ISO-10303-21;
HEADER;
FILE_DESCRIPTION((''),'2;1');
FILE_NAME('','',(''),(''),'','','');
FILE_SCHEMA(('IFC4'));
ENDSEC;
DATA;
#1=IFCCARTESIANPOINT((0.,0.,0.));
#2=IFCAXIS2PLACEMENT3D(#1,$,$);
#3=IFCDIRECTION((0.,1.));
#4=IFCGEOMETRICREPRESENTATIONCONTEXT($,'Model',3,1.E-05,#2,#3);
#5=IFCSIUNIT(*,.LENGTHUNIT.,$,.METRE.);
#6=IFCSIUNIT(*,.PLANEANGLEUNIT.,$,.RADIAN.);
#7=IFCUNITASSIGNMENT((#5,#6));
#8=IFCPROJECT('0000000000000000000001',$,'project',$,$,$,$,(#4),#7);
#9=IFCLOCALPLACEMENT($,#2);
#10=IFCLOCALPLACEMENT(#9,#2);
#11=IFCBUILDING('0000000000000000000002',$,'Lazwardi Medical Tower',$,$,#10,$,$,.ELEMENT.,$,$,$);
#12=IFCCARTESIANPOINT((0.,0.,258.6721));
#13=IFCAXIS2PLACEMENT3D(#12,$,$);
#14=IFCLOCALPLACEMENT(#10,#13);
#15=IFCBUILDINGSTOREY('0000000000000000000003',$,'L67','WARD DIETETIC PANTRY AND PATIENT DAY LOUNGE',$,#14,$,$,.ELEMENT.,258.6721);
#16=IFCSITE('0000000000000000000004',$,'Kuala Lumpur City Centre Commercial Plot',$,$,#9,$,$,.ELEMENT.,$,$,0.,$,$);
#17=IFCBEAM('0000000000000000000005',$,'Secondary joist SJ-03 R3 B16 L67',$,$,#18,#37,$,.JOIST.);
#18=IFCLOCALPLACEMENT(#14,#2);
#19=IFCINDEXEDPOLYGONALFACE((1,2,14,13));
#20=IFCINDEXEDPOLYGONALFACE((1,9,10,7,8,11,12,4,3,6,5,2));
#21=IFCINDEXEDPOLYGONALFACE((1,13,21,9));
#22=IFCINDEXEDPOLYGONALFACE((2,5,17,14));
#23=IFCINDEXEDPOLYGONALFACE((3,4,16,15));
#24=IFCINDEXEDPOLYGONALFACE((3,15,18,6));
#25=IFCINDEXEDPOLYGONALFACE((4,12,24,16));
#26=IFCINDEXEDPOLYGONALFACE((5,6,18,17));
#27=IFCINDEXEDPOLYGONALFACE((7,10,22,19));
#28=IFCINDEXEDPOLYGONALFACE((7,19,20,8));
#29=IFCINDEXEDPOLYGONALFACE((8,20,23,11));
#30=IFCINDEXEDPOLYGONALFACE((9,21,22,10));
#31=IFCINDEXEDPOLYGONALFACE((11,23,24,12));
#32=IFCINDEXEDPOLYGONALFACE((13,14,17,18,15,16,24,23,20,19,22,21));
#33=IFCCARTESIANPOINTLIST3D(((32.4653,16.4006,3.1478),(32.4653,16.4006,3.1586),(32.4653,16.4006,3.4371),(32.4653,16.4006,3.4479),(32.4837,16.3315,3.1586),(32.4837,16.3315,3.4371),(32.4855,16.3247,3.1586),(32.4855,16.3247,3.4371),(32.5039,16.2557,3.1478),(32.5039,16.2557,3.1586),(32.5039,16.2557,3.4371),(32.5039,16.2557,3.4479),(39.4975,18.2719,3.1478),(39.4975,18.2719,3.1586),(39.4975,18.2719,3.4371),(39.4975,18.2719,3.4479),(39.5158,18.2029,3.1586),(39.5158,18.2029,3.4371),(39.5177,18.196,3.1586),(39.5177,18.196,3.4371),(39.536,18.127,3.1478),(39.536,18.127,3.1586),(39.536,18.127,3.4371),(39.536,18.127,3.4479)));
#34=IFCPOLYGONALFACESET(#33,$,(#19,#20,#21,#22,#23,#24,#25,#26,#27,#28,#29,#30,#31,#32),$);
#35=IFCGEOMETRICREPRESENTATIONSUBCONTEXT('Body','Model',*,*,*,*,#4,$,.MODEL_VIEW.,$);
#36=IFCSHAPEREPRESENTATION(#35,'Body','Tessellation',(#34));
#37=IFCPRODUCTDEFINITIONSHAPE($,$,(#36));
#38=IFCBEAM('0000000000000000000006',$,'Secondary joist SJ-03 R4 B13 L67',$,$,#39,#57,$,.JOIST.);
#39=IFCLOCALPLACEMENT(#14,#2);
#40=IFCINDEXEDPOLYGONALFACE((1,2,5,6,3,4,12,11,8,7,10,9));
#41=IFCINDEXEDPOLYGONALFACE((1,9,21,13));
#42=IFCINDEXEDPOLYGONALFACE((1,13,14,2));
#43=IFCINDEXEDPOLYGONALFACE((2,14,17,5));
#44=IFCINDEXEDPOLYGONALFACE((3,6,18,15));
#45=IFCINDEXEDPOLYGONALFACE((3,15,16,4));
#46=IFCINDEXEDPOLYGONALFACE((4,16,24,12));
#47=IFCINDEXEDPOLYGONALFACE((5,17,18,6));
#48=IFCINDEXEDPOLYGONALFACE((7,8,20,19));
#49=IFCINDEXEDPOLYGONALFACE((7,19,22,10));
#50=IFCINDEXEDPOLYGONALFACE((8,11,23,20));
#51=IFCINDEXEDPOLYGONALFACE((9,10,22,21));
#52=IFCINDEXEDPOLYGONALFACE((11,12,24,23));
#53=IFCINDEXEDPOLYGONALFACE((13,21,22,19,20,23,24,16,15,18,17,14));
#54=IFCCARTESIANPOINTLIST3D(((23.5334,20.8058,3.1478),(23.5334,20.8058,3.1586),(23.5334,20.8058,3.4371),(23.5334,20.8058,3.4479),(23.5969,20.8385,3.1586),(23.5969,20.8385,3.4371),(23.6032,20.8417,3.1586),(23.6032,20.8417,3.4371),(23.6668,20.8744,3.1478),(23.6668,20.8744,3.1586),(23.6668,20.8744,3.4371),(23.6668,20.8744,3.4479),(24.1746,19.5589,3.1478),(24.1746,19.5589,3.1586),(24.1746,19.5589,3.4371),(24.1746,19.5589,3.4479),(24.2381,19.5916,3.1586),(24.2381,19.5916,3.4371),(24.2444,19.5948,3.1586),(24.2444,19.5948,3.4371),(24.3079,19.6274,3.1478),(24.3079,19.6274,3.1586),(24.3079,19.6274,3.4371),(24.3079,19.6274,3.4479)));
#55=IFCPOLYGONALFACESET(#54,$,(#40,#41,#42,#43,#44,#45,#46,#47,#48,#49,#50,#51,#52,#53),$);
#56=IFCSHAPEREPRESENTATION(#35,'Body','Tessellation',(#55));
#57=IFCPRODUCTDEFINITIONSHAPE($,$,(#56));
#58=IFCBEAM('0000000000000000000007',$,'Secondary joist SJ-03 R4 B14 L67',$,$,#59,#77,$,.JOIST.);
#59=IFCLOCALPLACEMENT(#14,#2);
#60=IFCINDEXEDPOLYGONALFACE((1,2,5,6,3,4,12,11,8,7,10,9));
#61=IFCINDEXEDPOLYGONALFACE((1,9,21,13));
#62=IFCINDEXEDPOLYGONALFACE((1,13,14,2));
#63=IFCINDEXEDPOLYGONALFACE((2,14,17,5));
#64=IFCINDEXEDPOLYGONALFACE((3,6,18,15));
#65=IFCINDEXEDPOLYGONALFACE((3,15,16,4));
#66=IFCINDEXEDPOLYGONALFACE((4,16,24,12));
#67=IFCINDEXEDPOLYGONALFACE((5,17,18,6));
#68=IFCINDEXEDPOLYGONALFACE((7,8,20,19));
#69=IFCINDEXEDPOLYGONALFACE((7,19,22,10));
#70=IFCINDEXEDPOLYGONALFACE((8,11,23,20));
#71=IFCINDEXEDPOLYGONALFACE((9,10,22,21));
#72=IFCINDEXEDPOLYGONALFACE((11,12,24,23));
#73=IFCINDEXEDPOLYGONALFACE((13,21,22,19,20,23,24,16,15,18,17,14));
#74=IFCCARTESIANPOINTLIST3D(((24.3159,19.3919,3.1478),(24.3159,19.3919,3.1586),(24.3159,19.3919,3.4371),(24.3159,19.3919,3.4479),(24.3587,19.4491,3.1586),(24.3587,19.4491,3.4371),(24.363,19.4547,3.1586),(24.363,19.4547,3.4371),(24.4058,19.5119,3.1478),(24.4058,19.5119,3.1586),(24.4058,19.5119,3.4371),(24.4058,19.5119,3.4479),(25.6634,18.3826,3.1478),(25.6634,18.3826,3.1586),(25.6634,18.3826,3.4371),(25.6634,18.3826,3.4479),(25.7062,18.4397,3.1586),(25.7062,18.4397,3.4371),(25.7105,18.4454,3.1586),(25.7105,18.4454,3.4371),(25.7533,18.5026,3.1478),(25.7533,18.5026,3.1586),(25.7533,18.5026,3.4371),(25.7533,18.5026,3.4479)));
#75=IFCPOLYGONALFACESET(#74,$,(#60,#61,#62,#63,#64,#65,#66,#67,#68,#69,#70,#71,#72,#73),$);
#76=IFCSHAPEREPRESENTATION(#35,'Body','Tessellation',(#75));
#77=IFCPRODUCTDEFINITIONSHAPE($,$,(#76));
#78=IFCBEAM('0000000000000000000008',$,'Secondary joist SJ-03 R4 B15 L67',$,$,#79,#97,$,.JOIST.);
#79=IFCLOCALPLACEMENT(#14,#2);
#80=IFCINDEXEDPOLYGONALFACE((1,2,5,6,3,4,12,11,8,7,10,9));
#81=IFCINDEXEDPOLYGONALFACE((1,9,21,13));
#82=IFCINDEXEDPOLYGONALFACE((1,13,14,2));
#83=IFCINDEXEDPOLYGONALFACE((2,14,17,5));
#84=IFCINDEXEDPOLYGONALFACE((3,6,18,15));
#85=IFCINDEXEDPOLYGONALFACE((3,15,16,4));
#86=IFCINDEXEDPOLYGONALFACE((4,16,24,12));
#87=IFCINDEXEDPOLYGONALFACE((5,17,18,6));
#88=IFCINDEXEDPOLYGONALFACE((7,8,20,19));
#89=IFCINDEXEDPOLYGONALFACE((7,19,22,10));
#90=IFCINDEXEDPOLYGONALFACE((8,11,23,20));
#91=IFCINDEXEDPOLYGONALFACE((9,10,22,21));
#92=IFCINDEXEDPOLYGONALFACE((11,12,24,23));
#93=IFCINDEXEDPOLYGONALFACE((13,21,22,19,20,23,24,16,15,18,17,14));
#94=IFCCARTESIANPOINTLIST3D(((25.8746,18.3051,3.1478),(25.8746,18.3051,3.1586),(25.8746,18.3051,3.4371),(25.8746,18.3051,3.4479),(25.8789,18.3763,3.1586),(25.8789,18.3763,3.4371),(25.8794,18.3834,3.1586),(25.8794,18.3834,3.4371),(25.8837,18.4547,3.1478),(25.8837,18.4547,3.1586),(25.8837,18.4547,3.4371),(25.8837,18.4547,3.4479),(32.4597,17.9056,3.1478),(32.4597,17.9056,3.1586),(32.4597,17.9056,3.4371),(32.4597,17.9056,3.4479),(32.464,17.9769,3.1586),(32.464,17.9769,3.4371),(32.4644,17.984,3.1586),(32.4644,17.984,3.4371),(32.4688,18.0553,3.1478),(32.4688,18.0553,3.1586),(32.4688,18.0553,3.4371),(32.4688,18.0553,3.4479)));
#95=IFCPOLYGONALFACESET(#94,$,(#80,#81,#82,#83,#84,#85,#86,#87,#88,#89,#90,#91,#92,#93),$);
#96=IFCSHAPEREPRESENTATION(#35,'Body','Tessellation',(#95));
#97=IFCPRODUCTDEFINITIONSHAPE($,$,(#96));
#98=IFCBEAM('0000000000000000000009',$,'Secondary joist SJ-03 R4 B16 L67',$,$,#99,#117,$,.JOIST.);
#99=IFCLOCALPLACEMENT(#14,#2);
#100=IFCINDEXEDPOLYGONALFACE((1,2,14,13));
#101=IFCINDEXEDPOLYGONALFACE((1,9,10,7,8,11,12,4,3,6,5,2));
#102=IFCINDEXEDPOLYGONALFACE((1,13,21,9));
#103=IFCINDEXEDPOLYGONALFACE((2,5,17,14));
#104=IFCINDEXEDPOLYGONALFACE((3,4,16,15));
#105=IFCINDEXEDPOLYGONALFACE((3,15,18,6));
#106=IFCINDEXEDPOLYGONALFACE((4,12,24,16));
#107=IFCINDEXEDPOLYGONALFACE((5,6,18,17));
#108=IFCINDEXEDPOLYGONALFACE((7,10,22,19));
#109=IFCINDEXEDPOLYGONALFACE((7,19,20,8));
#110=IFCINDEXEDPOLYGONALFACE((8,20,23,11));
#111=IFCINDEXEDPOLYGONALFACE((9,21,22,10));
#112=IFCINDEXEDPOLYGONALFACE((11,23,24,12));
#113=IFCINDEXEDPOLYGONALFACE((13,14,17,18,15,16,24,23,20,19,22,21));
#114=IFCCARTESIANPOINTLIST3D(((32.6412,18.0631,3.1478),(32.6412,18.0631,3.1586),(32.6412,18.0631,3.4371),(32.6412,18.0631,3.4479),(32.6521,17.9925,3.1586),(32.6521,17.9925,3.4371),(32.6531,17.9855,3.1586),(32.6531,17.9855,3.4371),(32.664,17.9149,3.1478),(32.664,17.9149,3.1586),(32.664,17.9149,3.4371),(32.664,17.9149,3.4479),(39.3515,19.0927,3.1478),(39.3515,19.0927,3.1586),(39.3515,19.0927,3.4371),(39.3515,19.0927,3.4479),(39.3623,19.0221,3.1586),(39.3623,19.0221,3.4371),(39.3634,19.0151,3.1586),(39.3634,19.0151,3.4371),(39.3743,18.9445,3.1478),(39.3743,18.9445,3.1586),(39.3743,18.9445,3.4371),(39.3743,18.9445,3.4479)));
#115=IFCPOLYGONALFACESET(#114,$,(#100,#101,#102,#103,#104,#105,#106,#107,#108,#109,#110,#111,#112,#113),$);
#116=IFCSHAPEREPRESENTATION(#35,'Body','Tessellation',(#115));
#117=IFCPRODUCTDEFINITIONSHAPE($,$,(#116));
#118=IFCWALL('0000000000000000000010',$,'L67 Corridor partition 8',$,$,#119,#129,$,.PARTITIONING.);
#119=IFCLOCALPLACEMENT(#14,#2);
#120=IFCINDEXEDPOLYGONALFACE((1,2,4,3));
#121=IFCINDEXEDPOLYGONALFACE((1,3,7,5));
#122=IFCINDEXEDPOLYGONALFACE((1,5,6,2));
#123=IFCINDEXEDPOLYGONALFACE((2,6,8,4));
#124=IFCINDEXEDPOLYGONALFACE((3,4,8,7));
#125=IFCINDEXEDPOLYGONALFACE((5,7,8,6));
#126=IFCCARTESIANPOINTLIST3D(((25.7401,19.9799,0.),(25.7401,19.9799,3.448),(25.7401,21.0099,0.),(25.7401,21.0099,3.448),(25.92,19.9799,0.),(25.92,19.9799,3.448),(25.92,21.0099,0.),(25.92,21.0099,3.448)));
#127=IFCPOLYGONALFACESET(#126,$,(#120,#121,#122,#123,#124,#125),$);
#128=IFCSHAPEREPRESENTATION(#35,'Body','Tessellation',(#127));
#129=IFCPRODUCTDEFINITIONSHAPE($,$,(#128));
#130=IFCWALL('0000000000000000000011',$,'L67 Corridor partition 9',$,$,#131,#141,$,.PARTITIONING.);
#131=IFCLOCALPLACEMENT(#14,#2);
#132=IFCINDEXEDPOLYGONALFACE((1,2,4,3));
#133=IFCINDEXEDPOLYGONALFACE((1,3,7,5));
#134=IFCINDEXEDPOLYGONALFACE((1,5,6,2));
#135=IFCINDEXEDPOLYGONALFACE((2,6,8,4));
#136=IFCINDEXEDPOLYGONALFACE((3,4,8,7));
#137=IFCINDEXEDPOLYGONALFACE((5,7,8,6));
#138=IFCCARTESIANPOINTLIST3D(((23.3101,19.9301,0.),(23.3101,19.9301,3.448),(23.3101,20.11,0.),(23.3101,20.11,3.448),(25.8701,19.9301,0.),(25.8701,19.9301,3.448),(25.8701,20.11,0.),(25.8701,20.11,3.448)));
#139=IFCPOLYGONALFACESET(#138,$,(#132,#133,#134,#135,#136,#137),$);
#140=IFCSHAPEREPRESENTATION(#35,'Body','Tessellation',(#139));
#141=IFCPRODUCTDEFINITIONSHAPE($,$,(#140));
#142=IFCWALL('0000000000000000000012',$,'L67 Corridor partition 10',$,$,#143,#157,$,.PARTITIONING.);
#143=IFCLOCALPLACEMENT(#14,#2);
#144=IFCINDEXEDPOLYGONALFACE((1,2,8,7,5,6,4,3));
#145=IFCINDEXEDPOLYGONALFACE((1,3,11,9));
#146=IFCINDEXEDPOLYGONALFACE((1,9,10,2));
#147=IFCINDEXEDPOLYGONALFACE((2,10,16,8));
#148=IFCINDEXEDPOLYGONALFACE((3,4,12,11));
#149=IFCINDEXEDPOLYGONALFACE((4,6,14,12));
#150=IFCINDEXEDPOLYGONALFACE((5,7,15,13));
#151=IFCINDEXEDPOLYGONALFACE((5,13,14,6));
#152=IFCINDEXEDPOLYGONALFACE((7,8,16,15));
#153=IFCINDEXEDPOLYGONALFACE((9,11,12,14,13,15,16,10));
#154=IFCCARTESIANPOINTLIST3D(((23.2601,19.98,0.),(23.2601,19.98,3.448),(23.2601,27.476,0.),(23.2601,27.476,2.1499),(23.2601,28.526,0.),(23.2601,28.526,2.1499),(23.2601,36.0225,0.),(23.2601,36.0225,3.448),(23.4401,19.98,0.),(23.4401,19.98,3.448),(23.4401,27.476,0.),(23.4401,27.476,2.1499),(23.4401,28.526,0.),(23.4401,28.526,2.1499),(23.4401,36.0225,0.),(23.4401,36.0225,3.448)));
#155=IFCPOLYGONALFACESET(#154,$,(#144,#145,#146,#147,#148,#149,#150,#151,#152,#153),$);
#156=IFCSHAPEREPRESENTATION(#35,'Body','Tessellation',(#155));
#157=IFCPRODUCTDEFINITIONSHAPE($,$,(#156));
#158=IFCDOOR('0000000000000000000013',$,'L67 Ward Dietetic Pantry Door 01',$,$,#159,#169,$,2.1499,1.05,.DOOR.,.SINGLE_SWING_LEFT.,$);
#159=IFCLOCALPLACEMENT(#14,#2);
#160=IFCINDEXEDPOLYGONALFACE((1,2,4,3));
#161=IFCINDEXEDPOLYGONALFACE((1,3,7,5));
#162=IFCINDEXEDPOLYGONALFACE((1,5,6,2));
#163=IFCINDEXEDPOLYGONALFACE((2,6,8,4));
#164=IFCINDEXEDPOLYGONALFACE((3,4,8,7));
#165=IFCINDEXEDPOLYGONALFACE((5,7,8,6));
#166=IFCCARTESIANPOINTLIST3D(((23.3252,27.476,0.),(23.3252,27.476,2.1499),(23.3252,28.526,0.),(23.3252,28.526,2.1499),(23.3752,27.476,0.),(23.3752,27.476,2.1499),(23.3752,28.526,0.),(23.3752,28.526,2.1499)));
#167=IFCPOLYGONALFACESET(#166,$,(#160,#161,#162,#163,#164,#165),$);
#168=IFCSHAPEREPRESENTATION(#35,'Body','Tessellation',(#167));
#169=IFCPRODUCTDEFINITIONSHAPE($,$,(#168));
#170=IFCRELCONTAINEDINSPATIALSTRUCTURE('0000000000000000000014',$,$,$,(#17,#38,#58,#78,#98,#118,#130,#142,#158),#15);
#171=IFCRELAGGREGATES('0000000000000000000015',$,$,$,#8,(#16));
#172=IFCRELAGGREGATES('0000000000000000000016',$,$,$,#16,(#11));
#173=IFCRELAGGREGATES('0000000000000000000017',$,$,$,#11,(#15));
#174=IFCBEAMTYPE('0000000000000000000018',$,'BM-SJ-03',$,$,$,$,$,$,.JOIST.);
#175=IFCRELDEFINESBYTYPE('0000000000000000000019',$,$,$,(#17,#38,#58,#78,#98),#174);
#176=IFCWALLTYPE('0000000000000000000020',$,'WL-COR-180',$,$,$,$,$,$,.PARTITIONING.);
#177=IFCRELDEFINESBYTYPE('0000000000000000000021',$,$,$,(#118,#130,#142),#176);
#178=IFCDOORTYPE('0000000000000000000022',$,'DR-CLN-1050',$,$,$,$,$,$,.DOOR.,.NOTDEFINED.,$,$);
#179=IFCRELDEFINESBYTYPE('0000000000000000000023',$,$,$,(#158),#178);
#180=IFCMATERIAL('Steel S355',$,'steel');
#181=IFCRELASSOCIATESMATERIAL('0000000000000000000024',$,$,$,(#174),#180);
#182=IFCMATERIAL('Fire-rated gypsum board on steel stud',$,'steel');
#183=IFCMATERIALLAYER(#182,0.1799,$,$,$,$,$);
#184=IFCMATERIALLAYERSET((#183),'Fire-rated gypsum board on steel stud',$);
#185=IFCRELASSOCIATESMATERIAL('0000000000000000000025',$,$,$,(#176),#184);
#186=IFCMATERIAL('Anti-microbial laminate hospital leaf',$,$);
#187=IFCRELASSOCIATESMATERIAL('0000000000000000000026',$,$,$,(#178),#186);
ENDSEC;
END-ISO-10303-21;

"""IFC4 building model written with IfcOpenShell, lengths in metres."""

from ifc_helpers import new_model, si_unit, direction, frame, frame_2d, origin, origin_2d, place, context, subcontext, project, spatial, rectangle, i_section, extrude, material, layer, layer_set, material_profile, profile_set, type_object, element, fill, save


model = new_model("IFC4")

# Units and contexts
model_context = context("Model", 3, precision=1e-05, world=origin(), true_north=direction((0.0, 1.0)))
body_context = subcontext(model_context, "Body", "Model", "MODEL_VIEW")
ifc_project = project(units=[si_unit("LENGTHUNIT", "METRE"), si_unit("PLANEANGLEUNIT", "RADIAN")], contexts=[model_context])

# Site, building, storey
site_placement = place(None, origin())
site = spatial("IfcSite", under=ifc_project, at=site_placement, Name="Kuala Lumpur City Centre Commercial Plot", CompositionType="ELEMENT", RefElevation=0.0)
building_placement = place(site_placement, origin())
building = spatial("IfcBuilding", under=site, at=building_placement, Name="Lazwardi Medical Tower", CompositionType="ELEMENT")
storey_placement = place(building_placement, frame((0.0, 0.0, 258.6721)))
storey = spatial("IfcBuildingStorey", under=building, at=storey_placement, Name="L67", Description="WARD DIETETIC PANTRY AND PATIENT DAY LOUNGE", CompositionType="ELEMENT", Elevation=258.6721)

# Beams
ifc_material_1 = material(Name="Steel S355", Category="steel")
ifc_material_profile_1 = material_profile(ifc_material_1, i_section(OverallWidth=0.1499, OverallDepth=0.3, WebThickness=0.0071, FlangeThickness=0.0107, at=origin_2d()), Name="IPE 300")
ifc_profile_set_1 = profile_set([ifc_material_profile_1], Name="Steel S355")
beam_type_1 = type_object("IfcBeamType", Name="BM-SJ-03", PredefinedType="JOIST", material=ifc_profile_set_1)
beam_1_placement = place(storey_placement, frame((32.4846, 16.3281, 3.2979), z_axis=(0.966369, 0.257159, 0.0), x_axis=(-0.257159, 0.966369, 0.0)))
element("IfcBeam", 1, at=beam_1_placement, inside=storey, type_object=beam_type_1, Name="Secondary joist SJ-03 R3 B16 L67", PredefinedType="JOIST", context=body_context, shape_type="SweptSolid", body=[
    extrude(i_section(OverallWidth=0.1499, OverallDepth=0.3, WebThickness=0.0071, FlangeThickness=0.0107, at=origin_2d()), origin(), (0.0, 0.0, 1.0), 7.2769),
])
beam_2_placement = place(storey_placement, frame((23.6001, 20.8401, 3.2979), z_axis=(0.457285, -0.88932, 0.0), x_axis=(0.88932, 0.457285, 0.0)))
element("IfcBeam", 2, at=beam_2_placement, inside=storey, type_object=beam_type_1, Name="Secondary joist SJ-03 R4 B13 L67", PredefinedType="JOIST", context=body_context, shape_type="SweptSolid", body=[
    extrude(i_section(OverallWidth=0.1499, OverallDepth=0.3, WebThickness=0.0071, FlangeThickness=0.0107, at=origin_2d()), origin(), (0.0, 0.0, 1.0), 1.4021),
])
beam_3_placement = place(storey_placement, frame((24.3608, 19.4519, 3.2979), z_axis=(0.800365, -0.599513, 0.0), x_axis=(0.599513, 0.800365, 0.0)))
element("IfcBeam", 3, at=beam_3_placement, inside=storey, type_object=beam_type_1, Name="Secondary joist SJ-03 R4 B14 L67", PredefinedType="JOIST", context=body_context, shape_type="SweptSolid", body=[
    extrude(i_section(OverallWidth=0.1499, OverallDepth=0.3, WebThickness=0.0071, FlangeThickness=0.0107, at=origin_2d()), origin(), (0.0, 0.0, 1.0), 1.6836),
])
beam_4_placement = place(storey_placement, frame((25.8792, 18.3799, 3.2979), z_axis=(0.998166, -0.060544, 0.0), x_axis=(0.060544, 0.998166, 0.0)))
element("IfcBeam", 4, at=beam_4_placement, inside=storey, type_object=beam_type_1, Name="Secondary joist SJ-03 R4 B15 L67", PredefinedType="JOIST", context=body_context, shape_type="SweptSolid", body=[
    extrude(i_section(OverallWidth=0.1499, OverallDepth=0.3, WebThickness=0.0071, FlangeThickness=0.0107, at=origin_2d()), origin(), (0.0, 0.0, 1.0), 6.5972),
])
beam_5_placement = place(storey_placement, frame((32.6526, 17.989, 3.2979), z_axis=(0.988434, 0.151655, 0.0), x_axis=(-0.151655, 0.988434, 0.0)))
element("IfcBeam", 5, at=beam_5_placement, inside=storey, type_object=beam_type_1, Name="Secondary joist SJ-03 R4 B16 L67", PredefinedType="JOIST", context=body_context, shape_type="SweptSolid", body=[
    extrude(i_section(OverallWidth=0.1499, OverallDepth=0.3, WebThickness=0.0071, FlangeThickness=0.0107, at=origin_2d()), origin(), (0.0, 0.0, 1.0), 6.7888),
])

# Walls
ifc_material_2 = material(Name="Fire-rated gypsum board on steel stud", Category="steel")
ifc_layer_1 = layer(ifc_material_2, 0.1799)
ifc_layer_set_1 = layer_set([ifc_layer_1], Name="Fire-rated gypsum board on steel stud")
wall_type_1 = type_object("IfcWallType", Name="WL-COR-180", PredefinedType="PARTITIONING", material=ifc_layer_set_1)
wall_1_placement = place(storey_placement, frame((25.8301, 21.01, 0.0), z_axis=(0.0, 0.0, 1.0), x_axis=(0.0, -1.0, 0.0)))
element("IfcWall", 6, at=wall_1_placement, inside=storey, type_object=wall_type_1, Name="L67 Corridor partition 8", PredefinedType="PARTITIONING", context=body_context, shape_type="SweptSolid", body=[
    extrude(rectangle(XDim=1.03, YDim=0.1799, at=frame_2d((0.5151, 0.0))), origin(), (0.0, 0.0, 1.0), 3.448),
])
wall_2_placement = place(storey_placement, frame((25.8701, 20.02, 0.0), z_axis=(0.0, 0.0, 1.0), x_axis=(-1.0, 0.0, 0.0)))
element("IfcWall", 7, at=wall_2_placement, inside=storey, type_object=wall_type_1, Name="L67 Corridor partition 9", PredefinedType="PARTITIONING", context=body_context, shape_type="SweptSolid", body=[
    extrude(rectangle(XDim=2.5601, YDim=0.1799, at=frame_2d((1.28, 0.0))), origin(), (0.0, 0.0, 1.0), 3.448),
])

# Wall, opening, door
wall_3_placement = place(storey_placement, frame((23.3501, 19.98, 0.0), z_axis=(0.0, 0.0, 1.0), x_axis=(0.0, 1.0, 0.0)))
wall_3 = element("IfcWall", 8, at=wall_3_placement, inside=storey, type_object=wall_type_1, Name="L67 Corridor partition 10", PredefinedType="PARTITIONING", context=body_context, shape_type="SweptSolid", body=[
    extrude(rectangle(XDim=16.0425, YDim=0.1799, at=frame_2d((8.0212, 0.0))), origin(), (0.0, 0.0, 1.0), 3.448),
])
opening_1_placement = place(wall_3_placement, frame((7.4961, 0.0, 0.0)))
opening_1 = element("IfcOpeningElement", 9, at=opening_1_placement, cuts=wall_3, PredefinedType="OPENING", context=body_context, shape_type="SweptSolid", body=[
    extrude(rectangle(XDim=1.05, YDim=2.1499, at=frame_2d((0.5249, 1.075))), frame((0.0, 0.0999, 0.0), z_axis=(0.0, -1.0, 0.0), x_axis=(1.0, 0.0, 0.0)), (0.0, 0.0, 1.0), 0.2),
])
ifc_material_3 = material(Name="Anti-microbial laminate hospital leaf")
door_type_1 = type_object("IfcDoorType", Name="DR-CLN-1050", OperationType="NOTDEFINED", PredefinedType="DOOR", material=ifc_material_3)
door_1_placement = place(opening_1_placement, origin())
door_1 = element("IfcDoor", 10, at=door_1_placement, inside=storey, type_object=door_type_1, Name="L67 Ward Dietetic Pantry Door 01", OperationType="SINGLE_SWING_LEFT", OverallHeight=2.1499, OverallWidth=1.05, PredefinedType="DOOR", context=body_context, shape_type="SweptSolid", body=[
    extrude(rectangle(XDim=1.05, YDim=2.1499, at=frame_2d((0.5249, 1.075))), frame((0.0, 0.0249, 0.0), z_axis=(0.0, -1.0, 0.0), x_axis=(1.0, 0.0, 0.0)), (0.0, 0.0, 1.0), 0.05),
])
fill(opening_1, door_1)

save(model, "model.ifc")
